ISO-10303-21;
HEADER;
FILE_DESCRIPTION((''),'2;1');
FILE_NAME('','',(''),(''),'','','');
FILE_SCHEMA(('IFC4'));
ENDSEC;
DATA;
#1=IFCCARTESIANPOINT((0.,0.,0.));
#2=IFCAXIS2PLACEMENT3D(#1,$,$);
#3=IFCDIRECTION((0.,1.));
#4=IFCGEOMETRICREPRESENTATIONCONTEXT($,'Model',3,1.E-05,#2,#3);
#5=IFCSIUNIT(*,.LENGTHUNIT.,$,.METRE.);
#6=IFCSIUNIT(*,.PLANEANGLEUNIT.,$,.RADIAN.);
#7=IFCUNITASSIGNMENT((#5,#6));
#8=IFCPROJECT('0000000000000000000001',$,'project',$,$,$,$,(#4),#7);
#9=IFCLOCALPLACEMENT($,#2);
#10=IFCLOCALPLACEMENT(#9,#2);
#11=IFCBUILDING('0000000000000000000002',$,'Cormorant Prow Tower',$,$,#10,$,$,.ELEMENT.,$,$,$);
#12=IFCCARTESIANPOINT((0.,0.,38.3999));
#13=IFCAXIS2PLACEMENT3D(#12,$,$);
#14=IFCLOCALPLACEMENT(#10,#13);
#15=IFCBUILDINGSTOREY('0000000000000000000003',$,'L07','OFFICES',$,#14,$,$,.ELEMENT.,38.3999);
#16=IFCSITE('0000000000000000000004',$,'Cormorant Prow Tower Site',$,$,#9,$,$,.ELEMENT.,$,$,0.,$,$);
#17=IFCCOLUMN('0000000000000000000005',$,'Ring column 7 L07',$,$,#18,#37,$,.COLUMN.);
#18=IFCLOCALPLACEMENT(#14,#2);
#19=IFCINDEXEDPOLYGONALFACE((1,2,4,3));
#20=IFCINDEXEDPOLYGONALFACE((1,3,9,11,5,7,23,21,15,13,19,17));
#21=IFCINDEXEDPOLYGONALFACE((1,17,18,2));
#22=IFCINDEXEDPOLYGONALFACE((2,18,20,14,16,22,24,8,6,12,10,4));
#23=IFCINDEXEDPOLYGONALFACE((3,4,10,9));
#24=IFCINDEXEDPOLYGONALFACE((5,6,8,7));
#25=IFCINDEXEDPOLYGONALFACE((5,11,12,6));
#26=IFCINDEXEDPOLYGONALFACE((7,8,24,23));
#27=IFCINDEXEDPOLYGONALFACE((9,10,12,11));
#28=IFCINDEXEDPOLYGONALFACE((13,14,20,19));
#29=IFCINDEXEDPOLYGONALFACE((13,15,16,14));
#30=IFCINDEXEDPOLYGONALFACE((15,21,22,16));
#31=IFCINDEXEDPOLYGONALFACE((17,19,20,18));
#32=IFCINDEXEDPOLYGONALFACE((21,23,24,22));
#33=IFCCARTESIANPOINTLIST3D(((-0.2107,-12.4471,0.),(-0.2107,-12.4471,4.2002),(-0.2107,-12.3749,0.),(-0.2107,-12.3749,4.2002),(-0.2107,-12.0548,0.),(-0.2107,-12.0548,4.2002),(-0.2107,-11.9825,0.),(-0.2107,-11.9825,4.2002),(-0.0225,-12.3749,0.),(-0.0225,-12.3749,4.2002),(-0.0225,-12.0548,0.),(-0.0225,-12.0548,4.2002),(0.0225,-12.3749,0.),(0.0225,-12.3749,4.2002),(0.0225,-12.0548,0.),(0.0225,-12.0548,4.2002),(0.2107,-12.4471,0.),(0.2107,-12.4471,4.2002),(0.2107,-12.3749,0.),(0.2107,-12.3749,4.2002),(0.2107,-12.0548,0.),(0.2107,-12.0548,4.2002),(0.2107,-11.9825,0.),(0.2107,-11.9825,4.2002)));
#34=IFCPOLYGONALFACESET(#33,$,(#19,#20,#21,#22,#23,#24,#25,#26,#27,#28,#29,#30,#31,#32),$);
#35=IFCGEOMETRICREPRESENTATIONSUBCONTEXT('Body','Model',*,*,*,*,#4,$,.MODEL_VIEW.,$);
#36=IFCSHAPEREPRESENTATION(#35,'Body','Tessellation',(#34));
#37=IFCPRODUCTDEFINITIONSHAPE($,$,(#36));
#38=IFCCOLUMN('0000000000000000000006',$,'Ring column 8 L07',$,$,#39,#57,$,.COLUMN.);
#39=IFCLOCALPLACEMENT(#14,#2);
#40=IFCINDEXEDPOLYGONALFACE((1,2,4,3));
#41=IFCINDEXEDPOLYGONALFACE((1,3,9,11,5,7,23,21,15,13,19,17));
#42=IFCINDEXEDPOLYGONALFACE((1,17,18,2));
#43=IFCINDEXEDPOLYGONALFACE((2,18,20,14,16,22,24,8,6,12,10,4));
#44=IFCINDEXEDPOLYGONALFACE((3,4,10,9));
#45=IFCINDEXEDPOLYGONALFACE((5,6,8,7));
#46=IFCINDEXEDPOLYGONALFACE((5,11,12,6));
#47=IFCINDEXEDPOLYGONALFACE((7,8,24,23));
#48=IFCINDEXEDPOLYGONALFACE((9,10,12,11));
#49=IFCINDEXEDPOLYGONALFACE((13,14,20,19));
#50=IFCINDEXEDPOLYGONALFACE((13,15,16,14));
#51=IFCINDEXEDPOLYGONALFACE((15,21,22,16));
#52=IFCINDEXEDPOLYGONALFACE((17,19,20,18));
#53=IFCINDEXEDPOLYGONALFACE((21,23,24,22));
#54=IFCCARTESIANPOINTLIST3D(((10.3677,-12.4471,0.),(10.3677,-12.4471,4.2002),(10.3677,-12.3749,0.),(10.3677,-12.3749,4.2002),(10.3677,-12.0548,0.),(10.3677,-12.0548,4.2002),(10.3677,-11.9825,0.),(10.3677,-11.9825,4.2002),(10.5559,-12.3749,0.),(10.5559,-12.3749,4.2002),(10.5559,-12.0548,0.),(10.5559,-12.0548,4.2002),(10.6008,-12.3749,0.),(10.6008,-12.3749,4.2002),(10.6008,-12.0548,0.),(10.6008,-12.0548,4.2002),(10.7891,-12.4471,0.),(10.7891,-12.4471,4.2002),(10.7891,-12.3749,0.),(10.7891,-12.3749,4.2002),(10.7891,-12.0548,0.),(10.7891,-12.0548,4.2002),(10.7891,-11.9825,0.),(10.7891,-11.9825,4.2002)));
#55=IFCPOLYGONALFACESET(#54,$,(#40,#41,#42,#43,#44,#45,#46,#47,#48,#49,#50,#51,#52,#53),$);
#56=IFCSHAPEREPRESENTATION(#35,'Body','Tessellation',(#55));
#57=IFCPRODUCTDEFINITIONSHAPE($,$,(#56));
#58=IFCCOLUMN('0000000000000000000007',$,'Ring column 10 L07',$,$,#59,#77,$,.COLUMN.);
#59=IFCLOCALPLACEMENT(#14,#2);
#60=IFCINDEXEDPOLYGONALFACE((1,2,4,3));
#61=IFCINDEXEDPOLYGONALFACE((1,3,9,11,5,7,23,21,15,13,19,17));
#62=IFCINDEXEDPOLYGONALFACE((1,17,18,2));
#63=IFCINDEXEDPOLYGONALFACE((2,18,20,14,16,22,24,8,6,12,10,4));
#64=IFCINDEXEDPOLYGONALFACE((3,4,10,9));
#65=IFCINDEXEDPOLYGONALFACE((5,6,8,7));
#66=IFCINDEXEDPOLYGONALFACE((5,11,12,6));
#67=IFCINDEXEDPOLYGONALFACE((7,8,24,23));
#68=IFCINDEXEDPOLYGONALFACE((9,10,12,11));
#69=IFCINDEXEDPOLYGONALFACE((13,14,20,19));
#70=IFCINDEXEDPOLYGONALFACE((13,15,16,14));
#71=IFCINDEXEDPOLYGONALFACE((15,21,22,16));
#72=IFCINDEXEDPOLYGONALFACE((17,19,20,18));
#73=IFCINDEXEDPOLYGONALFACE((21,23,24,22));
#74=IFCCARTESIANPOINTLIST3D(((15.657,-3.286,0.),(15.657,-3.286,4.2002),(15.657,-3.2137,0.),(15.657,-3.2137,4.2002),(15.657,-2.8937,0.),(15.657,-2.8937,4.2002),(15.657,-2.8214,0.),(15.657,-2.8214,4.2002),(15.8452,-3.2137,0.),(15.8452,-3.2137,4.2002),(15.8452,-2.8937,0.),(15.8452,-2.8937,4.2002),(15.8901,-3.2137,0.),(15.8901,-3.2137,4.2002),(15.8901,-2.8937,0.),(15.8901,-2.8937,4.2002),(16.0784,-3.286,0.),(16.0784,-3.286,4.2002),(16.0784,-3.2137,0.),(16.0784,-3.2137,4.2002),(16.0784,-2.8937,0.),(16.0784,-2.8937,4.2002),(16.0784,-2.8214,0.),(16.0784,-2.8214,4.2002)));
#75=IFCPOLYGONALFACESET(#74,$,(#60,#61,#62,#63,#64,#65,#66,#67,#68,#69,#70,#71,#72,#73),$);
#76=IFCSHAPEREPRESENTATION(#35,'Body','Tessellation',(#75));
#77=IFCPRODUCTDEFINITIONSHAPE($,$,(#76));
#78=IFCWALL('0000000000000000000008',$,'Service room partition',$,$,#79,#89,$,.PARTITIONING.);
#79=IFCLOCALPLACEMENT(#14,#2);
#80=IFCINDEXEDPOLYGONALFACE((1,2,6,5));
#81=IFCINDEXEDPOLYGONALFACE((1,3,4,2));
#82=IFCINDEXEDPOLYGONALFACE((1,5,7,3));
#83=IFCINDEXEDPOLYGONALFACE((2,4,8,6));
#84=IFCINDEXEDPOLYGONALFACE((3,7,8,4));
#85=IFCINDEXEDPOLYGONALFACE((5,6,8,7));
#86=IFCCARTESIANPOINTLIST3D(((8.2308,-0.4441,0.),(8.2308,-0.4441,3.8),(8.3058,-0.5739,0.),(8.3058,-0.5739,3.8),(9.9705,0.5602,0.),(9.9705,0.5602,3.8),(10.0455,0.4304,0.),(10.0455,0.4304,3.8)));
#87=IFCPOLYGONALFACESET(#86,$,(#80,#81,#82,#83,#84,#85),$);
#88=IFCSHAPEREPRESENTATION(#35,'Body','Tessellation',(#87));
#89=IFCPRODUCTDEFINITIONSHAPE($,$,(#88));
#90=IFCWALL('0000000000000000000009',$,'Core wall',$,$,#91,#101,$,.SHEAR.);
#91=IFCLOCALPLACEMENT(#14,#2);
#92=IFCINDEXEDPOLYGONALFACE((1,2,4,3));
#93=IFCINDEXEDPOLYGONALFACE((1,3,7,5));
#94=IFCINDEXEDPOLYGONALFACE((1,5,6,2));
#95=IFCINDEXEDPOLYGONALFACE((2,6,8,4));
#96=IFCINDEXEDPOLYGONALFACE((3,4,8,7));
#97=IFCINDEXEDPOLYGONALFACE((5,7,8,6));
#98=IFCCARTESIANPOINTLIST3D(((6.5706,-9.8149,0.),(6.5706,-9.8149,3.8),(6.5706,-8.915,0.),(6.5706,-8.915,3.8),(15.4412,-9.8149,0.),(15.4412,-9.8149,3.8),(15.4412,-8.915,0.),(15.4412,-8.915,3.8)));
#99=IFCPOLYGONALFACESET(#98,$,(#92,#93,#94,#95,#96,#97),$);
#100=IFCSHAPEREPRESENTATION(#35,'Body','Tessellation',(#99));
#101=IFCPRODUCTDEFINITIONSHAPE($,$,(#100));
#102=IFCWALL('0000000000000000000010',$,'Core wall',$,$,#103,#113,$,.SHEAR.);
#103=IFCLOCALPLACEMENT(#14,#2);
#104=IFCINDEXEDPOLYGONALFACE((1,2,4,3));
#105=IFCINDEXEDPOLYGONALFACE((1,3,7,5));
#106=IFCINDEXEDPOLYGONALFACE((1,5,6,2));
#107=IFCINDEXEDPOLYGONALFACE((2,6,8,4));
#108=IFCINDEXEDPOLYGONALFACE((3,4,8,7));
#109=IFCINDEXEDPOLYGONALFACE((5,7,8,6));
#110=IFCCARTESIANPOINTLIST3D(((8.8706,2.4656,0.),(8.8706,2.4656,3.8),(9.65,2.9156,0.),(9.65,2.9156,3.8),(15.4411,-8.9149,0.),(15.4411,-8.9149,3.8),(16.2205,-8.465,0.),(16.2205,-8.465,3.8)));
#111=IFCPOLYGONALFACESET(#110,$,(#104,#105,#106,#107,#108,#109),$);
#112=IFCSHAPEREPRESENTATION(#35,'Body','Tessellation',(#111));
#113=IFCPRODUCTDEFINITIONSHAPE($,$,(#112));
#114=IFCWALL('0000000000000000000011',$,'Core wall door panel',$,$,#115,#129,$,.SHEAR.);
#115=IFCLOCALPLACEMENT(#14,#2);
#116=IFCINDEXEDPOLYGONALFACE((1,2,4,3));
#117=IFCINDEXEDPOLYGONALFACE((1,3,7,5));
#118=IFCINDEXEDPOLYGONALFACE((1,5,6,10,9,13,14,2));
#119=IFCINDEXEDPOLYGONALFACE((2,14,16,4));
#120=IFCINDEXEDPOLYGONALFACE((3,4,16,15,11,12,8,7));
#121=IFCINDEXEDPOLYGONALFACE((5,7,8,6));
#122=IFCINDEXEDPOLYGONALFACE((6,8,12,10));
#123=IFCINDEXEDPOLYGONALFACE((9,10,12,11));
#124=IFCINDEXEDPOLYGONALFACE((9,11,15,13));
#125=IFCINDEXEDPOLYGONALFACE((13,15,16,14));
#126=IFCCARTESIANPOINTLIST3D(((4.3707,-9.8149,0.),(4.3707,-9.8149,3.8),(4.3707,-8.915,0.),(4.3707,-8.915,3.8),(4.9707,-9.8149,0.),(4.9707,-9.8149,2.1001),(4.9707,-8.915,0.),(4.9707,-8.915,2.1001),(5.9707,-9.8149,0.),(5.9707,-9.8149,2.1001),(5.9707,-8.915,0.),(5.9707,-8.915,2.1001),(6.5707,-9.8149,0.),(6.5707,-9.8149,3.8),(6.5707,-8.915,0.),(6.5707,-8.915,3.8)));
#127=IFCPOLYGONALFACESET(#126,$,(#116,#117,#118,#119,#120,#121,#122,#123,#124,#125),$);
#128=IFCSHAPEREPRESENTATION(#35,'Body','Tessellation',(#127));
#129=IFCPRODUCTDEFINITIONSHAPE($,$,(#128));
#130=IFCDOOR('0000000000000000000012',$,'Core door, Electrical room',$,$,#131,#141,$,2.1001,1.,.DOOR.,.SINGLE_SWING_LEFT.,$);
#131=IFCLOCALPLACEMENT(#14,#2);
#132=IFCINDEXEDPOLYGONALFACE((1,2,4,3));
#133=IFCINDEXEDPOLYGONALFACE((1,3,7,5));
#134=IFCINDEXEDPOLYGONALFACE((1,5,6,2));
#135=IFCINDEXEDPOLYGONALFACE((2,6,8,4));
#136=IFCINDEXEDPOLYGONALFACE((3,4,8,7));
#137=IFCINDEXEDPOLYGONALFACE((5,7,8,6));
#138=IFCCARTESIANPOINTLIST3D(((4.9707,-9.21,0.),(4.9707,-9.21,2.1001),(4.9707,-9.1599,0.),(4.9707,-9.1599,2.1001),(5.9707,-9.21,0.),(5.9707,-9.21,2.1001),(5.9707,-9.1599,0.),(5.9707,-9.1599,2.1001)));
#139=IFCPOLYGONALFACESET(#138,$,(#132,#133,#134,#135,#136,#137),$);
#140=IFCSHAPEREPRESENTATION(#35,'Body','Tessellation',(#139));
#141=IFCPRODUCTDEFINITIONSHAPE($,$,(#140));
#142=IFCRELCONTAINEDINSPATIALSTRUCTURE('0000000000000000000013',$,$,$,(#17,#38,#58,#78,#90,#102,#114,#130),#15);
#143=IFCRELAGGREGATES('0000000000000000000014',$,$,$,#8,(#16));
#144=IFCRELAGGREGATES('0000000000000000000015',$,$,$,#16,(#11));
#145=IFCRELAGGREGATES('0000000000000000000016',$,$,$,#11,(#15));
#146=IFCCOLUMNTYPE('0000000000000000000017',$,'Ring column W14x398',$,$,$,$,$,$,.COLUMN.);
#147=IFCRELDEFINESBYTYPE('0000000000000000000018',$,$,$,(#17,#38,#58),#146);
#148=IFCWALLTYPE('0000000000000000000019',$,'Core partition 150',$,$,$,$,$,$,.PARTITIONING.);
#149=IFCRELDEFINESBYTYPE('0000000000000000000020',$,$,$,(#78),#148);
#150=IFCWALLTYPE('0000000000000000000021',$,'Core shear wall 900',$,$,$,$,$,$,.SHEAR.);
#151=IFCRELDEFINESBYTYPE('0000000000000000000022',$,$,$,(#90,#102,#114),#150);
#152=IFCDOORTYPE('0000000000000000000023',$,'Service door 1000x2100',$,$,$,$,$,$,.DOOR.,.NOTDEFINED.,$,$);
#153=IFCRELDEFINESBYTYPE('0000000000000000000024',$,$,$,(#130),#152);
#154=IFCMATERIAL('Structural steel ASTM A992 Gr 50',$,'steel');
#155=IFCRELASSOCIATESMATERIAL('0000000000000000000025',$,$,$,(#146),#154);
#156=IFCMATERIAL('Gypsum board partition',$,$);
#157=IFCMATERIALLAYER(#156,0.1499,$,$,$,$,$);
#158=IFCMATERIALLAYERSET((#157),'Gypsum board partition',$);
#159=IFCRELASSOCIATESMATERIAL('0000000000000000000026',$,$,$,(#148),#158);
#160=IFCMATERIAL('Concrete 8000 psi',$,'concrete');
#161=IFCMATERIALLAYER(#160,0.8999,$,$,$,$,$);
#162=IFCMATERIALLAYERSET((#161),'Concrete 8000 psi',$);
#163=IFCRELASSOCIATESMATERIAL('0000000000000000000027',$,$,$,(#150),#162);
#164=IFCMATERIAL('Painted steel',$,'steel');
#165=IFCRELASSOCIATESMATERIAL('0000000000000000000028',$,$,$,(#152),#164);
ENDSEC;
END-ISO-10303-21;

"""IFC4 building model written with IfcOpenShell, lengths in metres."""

from ifc_helpers import new_model, si_unit, direction, frame, frame_2d, origin, origin_2d, place, context, subcontext, project, spatial, rectangle, i_section, extrude, material, layer, layer_set, material_profile, profile_set, type_object, element, fill, save


model = new_model("IFC4")

# Units and contexts
model_context = context("Model", 3, precision=1e-05, world=origin(), true_north=direction((0.0, 1.0)))
body_context = subcontext(model_context, "Body", "Model", "MODEL_VIEW")
ifc_project = project(units=[si_unit("LENGTHUNIT", "METRE"), si_unit("PLANEANGLEUNIT", "RADIAN")], contexts=[model_context])

# Site, building, storey
site_placement = place(None, origin())
site = spatial("IfcSite", under=ifc_project, at=site_placement, Name="Cormorant Prow Tower Site", CompositionType="ELEMENT", RefElevation=0.0)
building_placement = place(site_placement, origin())
building = spatial("IfcBuilding", under=site, at=building_placement, Name="Cormorant Prow Tower", CompositionType="ELEMENT")
storey_placement = place(building_placement, frame((0.0, 0.0, 38.3999)))
storey = spatial("IfcBuildingStorey", under=building, at=storey_placement, Name="L07", Description="OFFICES", CompositionType="ELEMENT", Elevation=38.3999)

# Columns
ifc_material_1 = material(Name="Structural steel ASTM A992 Gr 50", Category="steel")
ifc_material_profile = material_profile(ifc_material_1, i_section(OverallWidth=0.4214, OverallDepth=0.4646, WebThickness=0.0449, FlangeThickness=0.0723, at=origin_2d()), Name="W14x398")
ifc_profile_set = profile_set([ifc_material_profile], Name="Structural steel ASTM A992 Gr 50")
column_type = type_object("IfcColumnType", Name="Ring column W14x398", PredefinedType="COLUMN", material=ifc_profile_set)
for number, where, z_axis, x_axis, name in (
    (1, (0.0, -12.2148, 0.0), (0.0, 0.0, 1.0), (1.0, 0.0, 0.0), "Ring column 7 L07"),
    (2, (10.5784, -12.2148, 0.0), (0.0, 0.0, 1.0), (1.0, 0.0, 0.0), "Ring column 8 L07"),
    (3, (15.8677, -3.0537, 0.0), (0.0, 0.0, 1.0), (1.0, 0.0, 0.0), "Ring column 10 L07"),
):
    element("IfcColumn", number, at=place(storey_placement, frame(where, z_axis=z_axis, x_axis=x_axis)), inside=storey, type_object=column_type, Name=name, PredefinedType="COLUMN", context=body_context, shape_type="SweptSolid", body=[
        extrude(i_section(OverallWidth=0.4214, OverallDepth=0.4646, WebThickness=0.0449, FlangeThickness=0.0723, at=origin_2d()), origin(), (0.0, 0.0, 1.0), 4.2002),
    ])

# Walls
ifc_material_2 = material(Name="Gypsum board partition")
ifc_layer_1 = layer(ifc_material_2, 0.1499)
ifc_layer_set_1 = layer_set([ifc_layer_1], Name="Gypsum board partition")
wall_type_1 = type_object("IfcWallType", Name="Core partition 150", PredefinedType="PARTITIONING", material=ifc_layer_set_1)
wall_1_placement = place(storey_placement, frame((8.2683, -0.509, 0.0), z_axis=(0.0, 0.0, 1.0), x_axis=(0.866036, 0.499982, 0.0)))
element("IfcWall", 4, at=wall_1_placement, inside=storey, type_object=wall_type_1, Name="Service room partition", PredefinedType="PARTITIONING", context=body_context, shape_type="SweptSolid", body=[
    extrude(rectangle(XDim=2.0088, YDim=0.1499, at=frame_2d((1.0044, 0.0))), origin(), (0.0, 0.0, 1.0), 3.8),
])
ifc_material_3 = material(Name="Concrete 8000 psi", Category="concrete")
ifc_layer_2 = layer(ifc_material_3, 0.8999)
ifc_layer_set_2 = layer_set([ifc_layer_2], Name="Concrete 8000 psi")
wall_type_2 = type_object("IfcWallType", Name="Core shear wall 900", PredefinedType="SHEAR", material=ifc_layer_set_2)
wall_2_placement = place(storey_placement, frame((6.5706, -9.365, 0.0), z_axis=(0.0, 0.0, 1.0), x_axis=(1.0, 0.0, 0.0)))
element("IfcWall", 5, at=wall_2_placement, inside=storey, type_object=wall_type_2, Name="Core wall", PredefinedType="SHEAR", context=body_context, shape_type="SweptSolid", body=[
    extrude(rectangle(XDim=8.8706, YDim=0.8999, at=frame_2d((4.4353, 0.0))), origin(), (0.0, 0.0, 1.0), 3.8),
])
wall_3_placement = place(storey_placement, frame((15.8308, -8.6899, 0.0), z_axis=(0.0, 0.0, 1.0), x_axis=(-0.499997, 0.866027, 0.0)))
element("IfcWall", 6, at=wall_3_placement, inside=storey, type_object=wall_type_2, Name="Core wall", PredefinedType="SHEAR", context=body_context, shape_type="SweptSolid", body=[
    extrude(rectangle(XDim=13.1411, YDim=0.8999, at=frame_2d((6.5706, 0.0))), origin(), (0.0, 0.0, 1.0), 3.8),
])

# Wall, opening, door
wall_4_placement = place(storey_placement, frame((4.3706, -9.365, 0.0), z_axis=(0.0, 0.0, 1.0), x_axis=(1.0, 0.0, 0.0)))
wall_4 = element("IfcWall", 7, at=wall_4_placement, inside=storey, type_object=wall_type_2, Name="Core wall door panel", PredefinedType="SHEAR", context=body_context, shape_type="SweptSolid", body=[
    extrude(rectangle(XDim=2.2, YDim=0.8999, at=frame_2d((1.1001, 0.0))), origin(), (0.0, 0.0, 1.0), 3.8),
])
opening_1_placement = place(wall_4_placement, frame((0.6001, 0.0, 0.0)))
opening_1 = element("IfcOpeningElement", 8, at=opening_1_placement, cuts=wall_4, PredefinedType="OPENING", context=body_context, shape_type="SweptSolid", body=[
    extrude(rectangle(XDim=1.0, YDim=2.1001, at=frame_2d((0.5, 1.05))), frame((0.0, 0.46, 0.0), z_axis=(0.0, -1.0, 0.0), x_axis=(1.0, 0.0, 0.0)), (0.0, 0.0, 1.0), 0.9199),
])
ifc_material_4 = material(Name="Painted steel", Category="steel")
door_type_1 = type_object("IfcDoorType", Name="Service door 1000x2100", OperationType="NOTDEFINED", PredefinedType="DOOR", material=ifc_material_4)
door_1_placement = place(opening_1_placement, origin())
door_1 = element("IfcDoor", 9, at=door_1_placement, inside=storey, type_object=door_type_1, Name="Core door, Electrical room", OperationType="SINGLE_SWING_LEFT", OverallHeight=2.1001, OverallWidth=1.0, PredefinedType="DOOR", context=body_context, shape_type="SweptSolid", body=[
    extrude(rectangle(XDim=1.0, YDim=2.1001, at=frame_2d((0.5, 1.05))), frame((0.0, 0.2051, 0.0), z_axis=(0.0, -1.0, 0.0), x_axis=(1.0, 0.0, 0.0)), (0.0, 0.0, 1.0), 0.05),
])
fill(opening_1, door_1)

save(model, "model.ifc")
